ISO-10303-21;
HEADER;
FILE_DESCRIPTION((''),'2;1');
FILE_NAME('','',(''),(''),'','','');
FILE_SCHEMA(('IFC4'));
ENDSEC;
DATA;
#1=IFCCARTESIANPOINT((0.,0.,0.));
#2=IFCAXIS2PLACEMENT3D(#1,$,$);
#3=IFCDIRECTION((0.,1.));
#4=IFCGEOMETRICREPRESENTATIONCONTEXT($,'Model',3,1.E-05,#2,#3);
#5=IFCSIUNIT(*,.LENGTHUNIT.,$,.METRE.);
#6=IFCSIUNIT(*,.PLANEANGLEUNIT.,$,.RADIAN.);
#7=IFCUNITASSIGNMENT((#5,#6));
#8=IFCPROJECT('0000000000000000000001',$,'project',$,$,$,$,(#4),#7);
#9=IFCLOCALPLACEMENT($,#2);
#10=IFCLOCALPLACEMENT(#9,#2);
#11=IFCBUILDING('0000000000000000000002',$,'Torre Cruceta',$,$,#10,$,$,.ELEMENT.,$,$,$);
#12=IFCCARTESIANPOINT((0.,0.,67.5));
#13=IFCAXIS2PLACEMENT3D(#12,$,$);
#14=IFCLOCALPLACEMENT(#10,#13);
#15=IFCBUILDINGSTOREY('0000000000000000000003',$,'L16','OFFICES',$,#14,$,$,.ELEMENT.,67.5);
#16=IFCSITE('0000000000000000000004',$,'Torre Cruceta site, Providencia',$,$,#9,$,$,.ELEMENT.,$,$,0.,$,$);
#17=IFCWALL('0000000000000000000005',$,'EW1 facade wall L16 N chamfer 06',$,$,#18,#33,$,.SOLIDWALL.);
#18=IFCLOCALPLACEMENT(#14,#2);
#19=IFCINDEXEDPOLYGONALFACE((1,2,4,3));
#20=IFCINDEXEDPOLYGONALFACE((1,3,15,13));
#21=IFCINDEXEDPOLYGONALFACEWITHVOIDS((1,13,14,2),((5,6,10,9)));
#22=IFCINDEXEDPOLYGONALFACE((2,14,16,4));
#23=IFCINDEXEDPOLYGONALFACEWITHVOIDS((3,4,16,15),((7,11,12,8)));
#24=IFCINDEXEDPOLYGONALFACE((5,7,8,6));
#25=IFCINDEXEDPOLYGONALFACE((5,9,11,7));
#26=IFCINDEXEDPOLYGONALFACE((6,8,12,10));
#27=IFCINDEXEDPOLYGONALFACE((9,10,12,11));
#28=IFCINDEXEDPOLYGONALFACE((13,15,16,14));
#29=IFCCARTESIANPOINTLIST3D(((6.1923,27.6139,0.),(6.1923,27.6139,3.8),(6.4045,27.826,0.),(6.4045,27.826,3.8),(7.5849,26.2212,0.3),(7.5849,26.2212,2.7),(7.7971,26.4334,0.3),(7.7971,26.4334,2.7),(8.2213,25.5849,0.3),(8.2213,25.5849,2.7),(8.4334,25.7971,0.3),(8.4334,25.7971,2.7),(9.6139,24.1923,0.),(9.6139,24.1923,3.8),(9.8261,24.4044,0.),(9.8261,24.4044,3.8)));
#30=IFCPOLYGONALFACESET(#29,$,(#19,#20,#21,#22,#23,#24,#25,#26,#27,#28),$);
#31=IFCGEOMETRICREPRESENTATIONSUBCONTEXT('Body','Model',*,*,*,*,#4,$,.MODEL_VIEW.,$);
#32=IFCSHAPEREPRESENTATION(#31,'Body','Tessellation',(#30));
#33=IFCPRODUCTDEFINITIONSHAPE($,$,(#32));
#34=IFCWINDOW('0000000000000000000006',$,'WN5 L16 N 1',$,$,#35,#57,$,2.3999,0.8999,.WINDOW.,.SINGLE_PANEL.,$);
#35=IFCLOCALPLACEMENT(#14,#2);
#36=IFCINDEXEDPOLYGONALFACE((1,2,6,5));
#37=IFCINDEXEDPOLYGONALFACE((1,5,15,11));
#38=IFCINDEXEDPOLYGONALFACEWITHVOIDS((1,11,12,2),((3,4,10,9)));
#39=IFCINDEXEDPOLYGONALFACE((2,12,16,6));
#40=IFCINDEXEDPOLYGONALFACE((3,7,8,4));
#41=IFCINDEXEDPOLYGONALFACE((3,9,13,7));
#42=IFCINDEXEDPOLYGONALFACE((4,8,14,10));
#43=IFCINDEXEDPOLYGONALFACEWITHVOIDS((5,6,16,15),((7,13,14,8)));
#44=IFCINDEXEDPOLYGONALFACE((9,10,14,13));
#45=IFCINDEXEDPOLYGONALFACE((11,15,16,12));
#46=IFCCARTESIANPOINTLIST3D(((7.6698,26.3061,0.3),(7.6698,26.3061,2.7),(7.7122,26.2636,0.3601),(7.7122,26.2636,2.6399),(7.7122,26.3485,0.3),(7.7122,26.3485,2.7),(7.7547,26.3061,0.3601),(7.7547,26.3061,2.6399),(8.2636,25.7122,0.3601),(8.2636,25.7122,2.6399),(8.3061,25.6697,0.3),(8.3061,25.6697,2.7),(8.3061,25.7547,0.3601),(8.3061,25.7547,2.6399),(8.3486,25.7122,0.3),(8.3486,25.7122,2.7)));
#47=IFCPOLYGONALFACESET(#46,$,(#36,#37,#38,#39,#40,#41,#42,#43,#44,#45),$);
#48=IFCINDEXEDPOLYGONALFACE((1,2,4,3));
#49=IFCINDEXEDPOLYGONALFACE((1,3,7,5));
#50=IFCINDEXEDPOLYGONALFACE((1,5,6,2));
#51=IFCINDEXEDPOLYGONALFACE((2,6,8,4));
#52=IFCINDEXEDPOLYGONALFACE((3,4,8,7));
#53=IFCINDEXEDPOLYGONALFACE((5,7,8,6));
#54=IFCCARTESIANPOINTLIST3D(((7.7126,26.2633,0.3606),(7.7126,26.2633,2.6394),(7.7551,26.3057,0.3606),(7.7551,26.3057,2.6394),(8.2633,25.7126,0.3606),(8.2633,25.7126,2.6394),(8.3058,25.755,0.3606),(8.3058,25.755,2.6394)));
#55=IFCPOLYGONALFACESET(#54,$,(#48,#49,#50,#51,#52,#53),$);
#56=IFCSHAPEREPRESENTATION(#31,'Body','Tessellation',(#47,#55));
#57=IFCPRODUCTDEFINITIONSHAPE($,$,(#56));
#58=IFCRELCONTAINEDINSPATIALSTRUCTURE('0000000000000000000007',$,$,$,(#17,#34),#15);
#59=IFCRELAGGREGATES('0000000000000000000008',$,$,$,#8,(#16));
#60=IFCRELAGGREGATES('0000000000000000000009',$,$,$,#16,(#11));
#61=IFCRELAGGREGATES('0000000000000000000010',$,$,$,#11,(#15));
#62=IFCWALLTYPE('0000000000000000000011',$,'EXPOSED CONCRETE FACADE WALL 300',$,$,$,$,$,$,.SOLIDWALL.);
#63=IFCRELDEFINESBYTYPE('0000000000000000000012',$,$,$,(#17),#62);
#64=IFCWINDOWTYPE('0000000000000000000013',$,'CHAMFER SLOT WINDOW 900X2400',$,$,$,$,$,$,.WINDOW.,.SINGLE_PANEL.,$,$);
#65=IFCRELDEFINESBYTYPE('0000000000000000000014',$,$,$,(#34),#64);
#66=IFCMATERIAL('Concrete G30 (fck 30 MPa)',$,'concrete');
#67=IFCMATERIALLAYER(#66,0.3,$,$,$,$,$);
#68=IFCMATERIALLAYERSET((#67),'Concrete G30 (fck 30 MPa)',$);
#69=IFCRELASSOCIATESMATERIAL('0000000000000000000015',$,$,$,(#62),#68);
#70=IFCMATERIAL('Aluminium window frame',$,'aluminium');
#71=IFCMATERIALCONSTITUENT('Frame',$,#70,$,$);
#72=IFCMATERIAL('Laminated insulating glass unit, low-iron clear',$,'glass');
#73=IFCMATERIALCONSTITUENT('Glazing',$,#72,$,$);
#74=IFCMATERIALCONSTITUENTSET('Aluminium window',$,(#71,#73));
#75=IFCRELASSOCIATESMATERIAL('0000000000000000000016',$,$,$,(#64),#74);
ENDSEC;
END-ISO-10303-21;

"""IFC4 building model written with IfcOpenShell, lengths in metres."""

from ifc_helpers import new_model, si_unit, direction, frame, frame_2d, origin, place, context, subcontext, project, spatial, rectangle, hollow_rectangle, extrude, material, layer, layer_set, constituent, constituent_set, type_object, element, fill, save


model = new_model("IFC4")

# Units and contexts
model_context = context("Model", 3, precision=1e-05, world=origin(), true_north=direction((0.0, 1.0)))
body_context = subcontext(model_context, "Body", "Model", "MODEL_VIEW")
ifc_project = project(units=[si_unit("LENGTHUNIT", "METRE"), si_unit("PLANEANGLEUNIT", "RADIAN")], contexts=[model_context])

# Site, building, storey
site_placement = place(None, origin())
site = spatial("IfcSite", under=ifc_project, at=site_placement, Name="Torre Cruceta site, Providencia", CompositionType="ELEMENT", RefElevation=0.0)
building_placement = place(site_placement, origin())
building = spatial("IfcBuilding", under=site, at=building_placement, Name="Torre Cruceta", CompositionType="ELEMENT")
storey_placement = place(building_placement, frame((0.0, 0.0, 67.5)))
storey = spatial("IfcBuildingStorey", under=building, at=storey_placement, Name="L16", Description="OFFICES", CompositionType="ELEMENT", Elevation=67.5)

# Wall, opening, window
ifc_material_1 = material(Name="Concrete G30 (fck 30 MPa)", Category="concrete")
ifc_layer_1 = layer(ifc_material_1, 0.3)
ifc_layer_set_1 = layer_set([ifc_layer_1], Name="Concrete G30 (fck 30 MPa)")
wall_type = type_object("IfcWallType", Name="EXPOSED CONCRETE FACADE WALL 300", PredefinedType="SOLIDWALL", material=ifc_layer_set_1)
wall_placement = place(storey_placement, frame((9.72, 24.2983, 0.0), z_axis=(0.0, 0.0, 1.0), x_axis=(-0.707107, 0.707107, 0.0)))
wall = element("IfcWall", 1, at=wall_placement, inside=storey, type_object=wall_type, Name="EW1 facade wall L16 N chamfer 06", PredefinedType="SOLIDWALL", context=body_context, shape_type="SweptSolid", body=[
    extrude(rectangle(XDim=4.8389, YDim=0.3, at=frame_2d((2.4194, 0.0))), origin(), (0.0, 0.0, 1.0), 3.8),
])
opening_placement = place(wall_placement, frame((1.9695, 0.0, 0.3)))
opening = element("IfcOpeningElement", 2, at=opening_placement, cuts=wall, PredefinedType="OPENING", context=body_context, shape_type="SweptSolid", body=[
    extrude(rectangle(XDim=0.8999, YDim=2.3999, at=frame_2d((0.45, 1.2))), frame((0.0, 0.1599, 0.0), z_axis=(0.0, -1.0, 0.0), x_axis=(1.0, 0.0, 0.0)), (0.0, 0.0, 1.0), 0.3201),
])
ifc_material_2 = material(Name="Aluminium window frame", Category="aluminium")
ifc_constituent_1 = constituent(ifc_material_2, Name="Frame")
ifc_material_3 = material(Name="Laminated insulating glass unit, low-iron clear", Category="glass")
ifc_constituent_2 = constituent(ifc_material_3, Name="Glazing")
ifc_constituent_set = constituent_set(constituents=[ifc_constituent_1, ifc_constituent_2], Name="Aluminium window")
window_type = type_object("IfcWindowType", Name="CHAMFER SLOT WINDOW 900X2400", PartitioningType="SINGLE_PANEL", PredefinedType="WINDOW", material=ifc_constituent_set)
window_placement = place(opening_placement, origin())
window = element("IfcWindow", 3, at=window_placement, inside=storey, type_object=window_type, Name="WN5 L16 N 1", OverallHeight=2.3999, OverallWidth=0.8999, PartitioningType="SINGLE_PANEL", PredefinedType="WINDOW", context=body_context, shape_type="SweptSolid", body=[
    extrude(hollow_rectangle(XDim=0.8999, YDim=2.3999, WallThickness=0.0601, at=frame_2d((0.45, 1.2))), frame((0.0, 0.03, 0.0), z_axis=(0.0, -1.0, 0.0), x_axis=(1.0, 0.0, 0.0)), (0.0, 0.0, 1.0), 0.0601),
    extrude(rectangle(XDim=0.7788, YDim=2.2788, at=frame_2d((0.45, 1.2))), frame((0.0, 0.03, 0.0), z_axis=(0.0, -1.0, 0.0), x_axis=(1.0, 0.0, 0.0)), (0.0, 0.0, 1.0), 0.0601),
])
fill(opening, window)

save(model, "model.ifc")
